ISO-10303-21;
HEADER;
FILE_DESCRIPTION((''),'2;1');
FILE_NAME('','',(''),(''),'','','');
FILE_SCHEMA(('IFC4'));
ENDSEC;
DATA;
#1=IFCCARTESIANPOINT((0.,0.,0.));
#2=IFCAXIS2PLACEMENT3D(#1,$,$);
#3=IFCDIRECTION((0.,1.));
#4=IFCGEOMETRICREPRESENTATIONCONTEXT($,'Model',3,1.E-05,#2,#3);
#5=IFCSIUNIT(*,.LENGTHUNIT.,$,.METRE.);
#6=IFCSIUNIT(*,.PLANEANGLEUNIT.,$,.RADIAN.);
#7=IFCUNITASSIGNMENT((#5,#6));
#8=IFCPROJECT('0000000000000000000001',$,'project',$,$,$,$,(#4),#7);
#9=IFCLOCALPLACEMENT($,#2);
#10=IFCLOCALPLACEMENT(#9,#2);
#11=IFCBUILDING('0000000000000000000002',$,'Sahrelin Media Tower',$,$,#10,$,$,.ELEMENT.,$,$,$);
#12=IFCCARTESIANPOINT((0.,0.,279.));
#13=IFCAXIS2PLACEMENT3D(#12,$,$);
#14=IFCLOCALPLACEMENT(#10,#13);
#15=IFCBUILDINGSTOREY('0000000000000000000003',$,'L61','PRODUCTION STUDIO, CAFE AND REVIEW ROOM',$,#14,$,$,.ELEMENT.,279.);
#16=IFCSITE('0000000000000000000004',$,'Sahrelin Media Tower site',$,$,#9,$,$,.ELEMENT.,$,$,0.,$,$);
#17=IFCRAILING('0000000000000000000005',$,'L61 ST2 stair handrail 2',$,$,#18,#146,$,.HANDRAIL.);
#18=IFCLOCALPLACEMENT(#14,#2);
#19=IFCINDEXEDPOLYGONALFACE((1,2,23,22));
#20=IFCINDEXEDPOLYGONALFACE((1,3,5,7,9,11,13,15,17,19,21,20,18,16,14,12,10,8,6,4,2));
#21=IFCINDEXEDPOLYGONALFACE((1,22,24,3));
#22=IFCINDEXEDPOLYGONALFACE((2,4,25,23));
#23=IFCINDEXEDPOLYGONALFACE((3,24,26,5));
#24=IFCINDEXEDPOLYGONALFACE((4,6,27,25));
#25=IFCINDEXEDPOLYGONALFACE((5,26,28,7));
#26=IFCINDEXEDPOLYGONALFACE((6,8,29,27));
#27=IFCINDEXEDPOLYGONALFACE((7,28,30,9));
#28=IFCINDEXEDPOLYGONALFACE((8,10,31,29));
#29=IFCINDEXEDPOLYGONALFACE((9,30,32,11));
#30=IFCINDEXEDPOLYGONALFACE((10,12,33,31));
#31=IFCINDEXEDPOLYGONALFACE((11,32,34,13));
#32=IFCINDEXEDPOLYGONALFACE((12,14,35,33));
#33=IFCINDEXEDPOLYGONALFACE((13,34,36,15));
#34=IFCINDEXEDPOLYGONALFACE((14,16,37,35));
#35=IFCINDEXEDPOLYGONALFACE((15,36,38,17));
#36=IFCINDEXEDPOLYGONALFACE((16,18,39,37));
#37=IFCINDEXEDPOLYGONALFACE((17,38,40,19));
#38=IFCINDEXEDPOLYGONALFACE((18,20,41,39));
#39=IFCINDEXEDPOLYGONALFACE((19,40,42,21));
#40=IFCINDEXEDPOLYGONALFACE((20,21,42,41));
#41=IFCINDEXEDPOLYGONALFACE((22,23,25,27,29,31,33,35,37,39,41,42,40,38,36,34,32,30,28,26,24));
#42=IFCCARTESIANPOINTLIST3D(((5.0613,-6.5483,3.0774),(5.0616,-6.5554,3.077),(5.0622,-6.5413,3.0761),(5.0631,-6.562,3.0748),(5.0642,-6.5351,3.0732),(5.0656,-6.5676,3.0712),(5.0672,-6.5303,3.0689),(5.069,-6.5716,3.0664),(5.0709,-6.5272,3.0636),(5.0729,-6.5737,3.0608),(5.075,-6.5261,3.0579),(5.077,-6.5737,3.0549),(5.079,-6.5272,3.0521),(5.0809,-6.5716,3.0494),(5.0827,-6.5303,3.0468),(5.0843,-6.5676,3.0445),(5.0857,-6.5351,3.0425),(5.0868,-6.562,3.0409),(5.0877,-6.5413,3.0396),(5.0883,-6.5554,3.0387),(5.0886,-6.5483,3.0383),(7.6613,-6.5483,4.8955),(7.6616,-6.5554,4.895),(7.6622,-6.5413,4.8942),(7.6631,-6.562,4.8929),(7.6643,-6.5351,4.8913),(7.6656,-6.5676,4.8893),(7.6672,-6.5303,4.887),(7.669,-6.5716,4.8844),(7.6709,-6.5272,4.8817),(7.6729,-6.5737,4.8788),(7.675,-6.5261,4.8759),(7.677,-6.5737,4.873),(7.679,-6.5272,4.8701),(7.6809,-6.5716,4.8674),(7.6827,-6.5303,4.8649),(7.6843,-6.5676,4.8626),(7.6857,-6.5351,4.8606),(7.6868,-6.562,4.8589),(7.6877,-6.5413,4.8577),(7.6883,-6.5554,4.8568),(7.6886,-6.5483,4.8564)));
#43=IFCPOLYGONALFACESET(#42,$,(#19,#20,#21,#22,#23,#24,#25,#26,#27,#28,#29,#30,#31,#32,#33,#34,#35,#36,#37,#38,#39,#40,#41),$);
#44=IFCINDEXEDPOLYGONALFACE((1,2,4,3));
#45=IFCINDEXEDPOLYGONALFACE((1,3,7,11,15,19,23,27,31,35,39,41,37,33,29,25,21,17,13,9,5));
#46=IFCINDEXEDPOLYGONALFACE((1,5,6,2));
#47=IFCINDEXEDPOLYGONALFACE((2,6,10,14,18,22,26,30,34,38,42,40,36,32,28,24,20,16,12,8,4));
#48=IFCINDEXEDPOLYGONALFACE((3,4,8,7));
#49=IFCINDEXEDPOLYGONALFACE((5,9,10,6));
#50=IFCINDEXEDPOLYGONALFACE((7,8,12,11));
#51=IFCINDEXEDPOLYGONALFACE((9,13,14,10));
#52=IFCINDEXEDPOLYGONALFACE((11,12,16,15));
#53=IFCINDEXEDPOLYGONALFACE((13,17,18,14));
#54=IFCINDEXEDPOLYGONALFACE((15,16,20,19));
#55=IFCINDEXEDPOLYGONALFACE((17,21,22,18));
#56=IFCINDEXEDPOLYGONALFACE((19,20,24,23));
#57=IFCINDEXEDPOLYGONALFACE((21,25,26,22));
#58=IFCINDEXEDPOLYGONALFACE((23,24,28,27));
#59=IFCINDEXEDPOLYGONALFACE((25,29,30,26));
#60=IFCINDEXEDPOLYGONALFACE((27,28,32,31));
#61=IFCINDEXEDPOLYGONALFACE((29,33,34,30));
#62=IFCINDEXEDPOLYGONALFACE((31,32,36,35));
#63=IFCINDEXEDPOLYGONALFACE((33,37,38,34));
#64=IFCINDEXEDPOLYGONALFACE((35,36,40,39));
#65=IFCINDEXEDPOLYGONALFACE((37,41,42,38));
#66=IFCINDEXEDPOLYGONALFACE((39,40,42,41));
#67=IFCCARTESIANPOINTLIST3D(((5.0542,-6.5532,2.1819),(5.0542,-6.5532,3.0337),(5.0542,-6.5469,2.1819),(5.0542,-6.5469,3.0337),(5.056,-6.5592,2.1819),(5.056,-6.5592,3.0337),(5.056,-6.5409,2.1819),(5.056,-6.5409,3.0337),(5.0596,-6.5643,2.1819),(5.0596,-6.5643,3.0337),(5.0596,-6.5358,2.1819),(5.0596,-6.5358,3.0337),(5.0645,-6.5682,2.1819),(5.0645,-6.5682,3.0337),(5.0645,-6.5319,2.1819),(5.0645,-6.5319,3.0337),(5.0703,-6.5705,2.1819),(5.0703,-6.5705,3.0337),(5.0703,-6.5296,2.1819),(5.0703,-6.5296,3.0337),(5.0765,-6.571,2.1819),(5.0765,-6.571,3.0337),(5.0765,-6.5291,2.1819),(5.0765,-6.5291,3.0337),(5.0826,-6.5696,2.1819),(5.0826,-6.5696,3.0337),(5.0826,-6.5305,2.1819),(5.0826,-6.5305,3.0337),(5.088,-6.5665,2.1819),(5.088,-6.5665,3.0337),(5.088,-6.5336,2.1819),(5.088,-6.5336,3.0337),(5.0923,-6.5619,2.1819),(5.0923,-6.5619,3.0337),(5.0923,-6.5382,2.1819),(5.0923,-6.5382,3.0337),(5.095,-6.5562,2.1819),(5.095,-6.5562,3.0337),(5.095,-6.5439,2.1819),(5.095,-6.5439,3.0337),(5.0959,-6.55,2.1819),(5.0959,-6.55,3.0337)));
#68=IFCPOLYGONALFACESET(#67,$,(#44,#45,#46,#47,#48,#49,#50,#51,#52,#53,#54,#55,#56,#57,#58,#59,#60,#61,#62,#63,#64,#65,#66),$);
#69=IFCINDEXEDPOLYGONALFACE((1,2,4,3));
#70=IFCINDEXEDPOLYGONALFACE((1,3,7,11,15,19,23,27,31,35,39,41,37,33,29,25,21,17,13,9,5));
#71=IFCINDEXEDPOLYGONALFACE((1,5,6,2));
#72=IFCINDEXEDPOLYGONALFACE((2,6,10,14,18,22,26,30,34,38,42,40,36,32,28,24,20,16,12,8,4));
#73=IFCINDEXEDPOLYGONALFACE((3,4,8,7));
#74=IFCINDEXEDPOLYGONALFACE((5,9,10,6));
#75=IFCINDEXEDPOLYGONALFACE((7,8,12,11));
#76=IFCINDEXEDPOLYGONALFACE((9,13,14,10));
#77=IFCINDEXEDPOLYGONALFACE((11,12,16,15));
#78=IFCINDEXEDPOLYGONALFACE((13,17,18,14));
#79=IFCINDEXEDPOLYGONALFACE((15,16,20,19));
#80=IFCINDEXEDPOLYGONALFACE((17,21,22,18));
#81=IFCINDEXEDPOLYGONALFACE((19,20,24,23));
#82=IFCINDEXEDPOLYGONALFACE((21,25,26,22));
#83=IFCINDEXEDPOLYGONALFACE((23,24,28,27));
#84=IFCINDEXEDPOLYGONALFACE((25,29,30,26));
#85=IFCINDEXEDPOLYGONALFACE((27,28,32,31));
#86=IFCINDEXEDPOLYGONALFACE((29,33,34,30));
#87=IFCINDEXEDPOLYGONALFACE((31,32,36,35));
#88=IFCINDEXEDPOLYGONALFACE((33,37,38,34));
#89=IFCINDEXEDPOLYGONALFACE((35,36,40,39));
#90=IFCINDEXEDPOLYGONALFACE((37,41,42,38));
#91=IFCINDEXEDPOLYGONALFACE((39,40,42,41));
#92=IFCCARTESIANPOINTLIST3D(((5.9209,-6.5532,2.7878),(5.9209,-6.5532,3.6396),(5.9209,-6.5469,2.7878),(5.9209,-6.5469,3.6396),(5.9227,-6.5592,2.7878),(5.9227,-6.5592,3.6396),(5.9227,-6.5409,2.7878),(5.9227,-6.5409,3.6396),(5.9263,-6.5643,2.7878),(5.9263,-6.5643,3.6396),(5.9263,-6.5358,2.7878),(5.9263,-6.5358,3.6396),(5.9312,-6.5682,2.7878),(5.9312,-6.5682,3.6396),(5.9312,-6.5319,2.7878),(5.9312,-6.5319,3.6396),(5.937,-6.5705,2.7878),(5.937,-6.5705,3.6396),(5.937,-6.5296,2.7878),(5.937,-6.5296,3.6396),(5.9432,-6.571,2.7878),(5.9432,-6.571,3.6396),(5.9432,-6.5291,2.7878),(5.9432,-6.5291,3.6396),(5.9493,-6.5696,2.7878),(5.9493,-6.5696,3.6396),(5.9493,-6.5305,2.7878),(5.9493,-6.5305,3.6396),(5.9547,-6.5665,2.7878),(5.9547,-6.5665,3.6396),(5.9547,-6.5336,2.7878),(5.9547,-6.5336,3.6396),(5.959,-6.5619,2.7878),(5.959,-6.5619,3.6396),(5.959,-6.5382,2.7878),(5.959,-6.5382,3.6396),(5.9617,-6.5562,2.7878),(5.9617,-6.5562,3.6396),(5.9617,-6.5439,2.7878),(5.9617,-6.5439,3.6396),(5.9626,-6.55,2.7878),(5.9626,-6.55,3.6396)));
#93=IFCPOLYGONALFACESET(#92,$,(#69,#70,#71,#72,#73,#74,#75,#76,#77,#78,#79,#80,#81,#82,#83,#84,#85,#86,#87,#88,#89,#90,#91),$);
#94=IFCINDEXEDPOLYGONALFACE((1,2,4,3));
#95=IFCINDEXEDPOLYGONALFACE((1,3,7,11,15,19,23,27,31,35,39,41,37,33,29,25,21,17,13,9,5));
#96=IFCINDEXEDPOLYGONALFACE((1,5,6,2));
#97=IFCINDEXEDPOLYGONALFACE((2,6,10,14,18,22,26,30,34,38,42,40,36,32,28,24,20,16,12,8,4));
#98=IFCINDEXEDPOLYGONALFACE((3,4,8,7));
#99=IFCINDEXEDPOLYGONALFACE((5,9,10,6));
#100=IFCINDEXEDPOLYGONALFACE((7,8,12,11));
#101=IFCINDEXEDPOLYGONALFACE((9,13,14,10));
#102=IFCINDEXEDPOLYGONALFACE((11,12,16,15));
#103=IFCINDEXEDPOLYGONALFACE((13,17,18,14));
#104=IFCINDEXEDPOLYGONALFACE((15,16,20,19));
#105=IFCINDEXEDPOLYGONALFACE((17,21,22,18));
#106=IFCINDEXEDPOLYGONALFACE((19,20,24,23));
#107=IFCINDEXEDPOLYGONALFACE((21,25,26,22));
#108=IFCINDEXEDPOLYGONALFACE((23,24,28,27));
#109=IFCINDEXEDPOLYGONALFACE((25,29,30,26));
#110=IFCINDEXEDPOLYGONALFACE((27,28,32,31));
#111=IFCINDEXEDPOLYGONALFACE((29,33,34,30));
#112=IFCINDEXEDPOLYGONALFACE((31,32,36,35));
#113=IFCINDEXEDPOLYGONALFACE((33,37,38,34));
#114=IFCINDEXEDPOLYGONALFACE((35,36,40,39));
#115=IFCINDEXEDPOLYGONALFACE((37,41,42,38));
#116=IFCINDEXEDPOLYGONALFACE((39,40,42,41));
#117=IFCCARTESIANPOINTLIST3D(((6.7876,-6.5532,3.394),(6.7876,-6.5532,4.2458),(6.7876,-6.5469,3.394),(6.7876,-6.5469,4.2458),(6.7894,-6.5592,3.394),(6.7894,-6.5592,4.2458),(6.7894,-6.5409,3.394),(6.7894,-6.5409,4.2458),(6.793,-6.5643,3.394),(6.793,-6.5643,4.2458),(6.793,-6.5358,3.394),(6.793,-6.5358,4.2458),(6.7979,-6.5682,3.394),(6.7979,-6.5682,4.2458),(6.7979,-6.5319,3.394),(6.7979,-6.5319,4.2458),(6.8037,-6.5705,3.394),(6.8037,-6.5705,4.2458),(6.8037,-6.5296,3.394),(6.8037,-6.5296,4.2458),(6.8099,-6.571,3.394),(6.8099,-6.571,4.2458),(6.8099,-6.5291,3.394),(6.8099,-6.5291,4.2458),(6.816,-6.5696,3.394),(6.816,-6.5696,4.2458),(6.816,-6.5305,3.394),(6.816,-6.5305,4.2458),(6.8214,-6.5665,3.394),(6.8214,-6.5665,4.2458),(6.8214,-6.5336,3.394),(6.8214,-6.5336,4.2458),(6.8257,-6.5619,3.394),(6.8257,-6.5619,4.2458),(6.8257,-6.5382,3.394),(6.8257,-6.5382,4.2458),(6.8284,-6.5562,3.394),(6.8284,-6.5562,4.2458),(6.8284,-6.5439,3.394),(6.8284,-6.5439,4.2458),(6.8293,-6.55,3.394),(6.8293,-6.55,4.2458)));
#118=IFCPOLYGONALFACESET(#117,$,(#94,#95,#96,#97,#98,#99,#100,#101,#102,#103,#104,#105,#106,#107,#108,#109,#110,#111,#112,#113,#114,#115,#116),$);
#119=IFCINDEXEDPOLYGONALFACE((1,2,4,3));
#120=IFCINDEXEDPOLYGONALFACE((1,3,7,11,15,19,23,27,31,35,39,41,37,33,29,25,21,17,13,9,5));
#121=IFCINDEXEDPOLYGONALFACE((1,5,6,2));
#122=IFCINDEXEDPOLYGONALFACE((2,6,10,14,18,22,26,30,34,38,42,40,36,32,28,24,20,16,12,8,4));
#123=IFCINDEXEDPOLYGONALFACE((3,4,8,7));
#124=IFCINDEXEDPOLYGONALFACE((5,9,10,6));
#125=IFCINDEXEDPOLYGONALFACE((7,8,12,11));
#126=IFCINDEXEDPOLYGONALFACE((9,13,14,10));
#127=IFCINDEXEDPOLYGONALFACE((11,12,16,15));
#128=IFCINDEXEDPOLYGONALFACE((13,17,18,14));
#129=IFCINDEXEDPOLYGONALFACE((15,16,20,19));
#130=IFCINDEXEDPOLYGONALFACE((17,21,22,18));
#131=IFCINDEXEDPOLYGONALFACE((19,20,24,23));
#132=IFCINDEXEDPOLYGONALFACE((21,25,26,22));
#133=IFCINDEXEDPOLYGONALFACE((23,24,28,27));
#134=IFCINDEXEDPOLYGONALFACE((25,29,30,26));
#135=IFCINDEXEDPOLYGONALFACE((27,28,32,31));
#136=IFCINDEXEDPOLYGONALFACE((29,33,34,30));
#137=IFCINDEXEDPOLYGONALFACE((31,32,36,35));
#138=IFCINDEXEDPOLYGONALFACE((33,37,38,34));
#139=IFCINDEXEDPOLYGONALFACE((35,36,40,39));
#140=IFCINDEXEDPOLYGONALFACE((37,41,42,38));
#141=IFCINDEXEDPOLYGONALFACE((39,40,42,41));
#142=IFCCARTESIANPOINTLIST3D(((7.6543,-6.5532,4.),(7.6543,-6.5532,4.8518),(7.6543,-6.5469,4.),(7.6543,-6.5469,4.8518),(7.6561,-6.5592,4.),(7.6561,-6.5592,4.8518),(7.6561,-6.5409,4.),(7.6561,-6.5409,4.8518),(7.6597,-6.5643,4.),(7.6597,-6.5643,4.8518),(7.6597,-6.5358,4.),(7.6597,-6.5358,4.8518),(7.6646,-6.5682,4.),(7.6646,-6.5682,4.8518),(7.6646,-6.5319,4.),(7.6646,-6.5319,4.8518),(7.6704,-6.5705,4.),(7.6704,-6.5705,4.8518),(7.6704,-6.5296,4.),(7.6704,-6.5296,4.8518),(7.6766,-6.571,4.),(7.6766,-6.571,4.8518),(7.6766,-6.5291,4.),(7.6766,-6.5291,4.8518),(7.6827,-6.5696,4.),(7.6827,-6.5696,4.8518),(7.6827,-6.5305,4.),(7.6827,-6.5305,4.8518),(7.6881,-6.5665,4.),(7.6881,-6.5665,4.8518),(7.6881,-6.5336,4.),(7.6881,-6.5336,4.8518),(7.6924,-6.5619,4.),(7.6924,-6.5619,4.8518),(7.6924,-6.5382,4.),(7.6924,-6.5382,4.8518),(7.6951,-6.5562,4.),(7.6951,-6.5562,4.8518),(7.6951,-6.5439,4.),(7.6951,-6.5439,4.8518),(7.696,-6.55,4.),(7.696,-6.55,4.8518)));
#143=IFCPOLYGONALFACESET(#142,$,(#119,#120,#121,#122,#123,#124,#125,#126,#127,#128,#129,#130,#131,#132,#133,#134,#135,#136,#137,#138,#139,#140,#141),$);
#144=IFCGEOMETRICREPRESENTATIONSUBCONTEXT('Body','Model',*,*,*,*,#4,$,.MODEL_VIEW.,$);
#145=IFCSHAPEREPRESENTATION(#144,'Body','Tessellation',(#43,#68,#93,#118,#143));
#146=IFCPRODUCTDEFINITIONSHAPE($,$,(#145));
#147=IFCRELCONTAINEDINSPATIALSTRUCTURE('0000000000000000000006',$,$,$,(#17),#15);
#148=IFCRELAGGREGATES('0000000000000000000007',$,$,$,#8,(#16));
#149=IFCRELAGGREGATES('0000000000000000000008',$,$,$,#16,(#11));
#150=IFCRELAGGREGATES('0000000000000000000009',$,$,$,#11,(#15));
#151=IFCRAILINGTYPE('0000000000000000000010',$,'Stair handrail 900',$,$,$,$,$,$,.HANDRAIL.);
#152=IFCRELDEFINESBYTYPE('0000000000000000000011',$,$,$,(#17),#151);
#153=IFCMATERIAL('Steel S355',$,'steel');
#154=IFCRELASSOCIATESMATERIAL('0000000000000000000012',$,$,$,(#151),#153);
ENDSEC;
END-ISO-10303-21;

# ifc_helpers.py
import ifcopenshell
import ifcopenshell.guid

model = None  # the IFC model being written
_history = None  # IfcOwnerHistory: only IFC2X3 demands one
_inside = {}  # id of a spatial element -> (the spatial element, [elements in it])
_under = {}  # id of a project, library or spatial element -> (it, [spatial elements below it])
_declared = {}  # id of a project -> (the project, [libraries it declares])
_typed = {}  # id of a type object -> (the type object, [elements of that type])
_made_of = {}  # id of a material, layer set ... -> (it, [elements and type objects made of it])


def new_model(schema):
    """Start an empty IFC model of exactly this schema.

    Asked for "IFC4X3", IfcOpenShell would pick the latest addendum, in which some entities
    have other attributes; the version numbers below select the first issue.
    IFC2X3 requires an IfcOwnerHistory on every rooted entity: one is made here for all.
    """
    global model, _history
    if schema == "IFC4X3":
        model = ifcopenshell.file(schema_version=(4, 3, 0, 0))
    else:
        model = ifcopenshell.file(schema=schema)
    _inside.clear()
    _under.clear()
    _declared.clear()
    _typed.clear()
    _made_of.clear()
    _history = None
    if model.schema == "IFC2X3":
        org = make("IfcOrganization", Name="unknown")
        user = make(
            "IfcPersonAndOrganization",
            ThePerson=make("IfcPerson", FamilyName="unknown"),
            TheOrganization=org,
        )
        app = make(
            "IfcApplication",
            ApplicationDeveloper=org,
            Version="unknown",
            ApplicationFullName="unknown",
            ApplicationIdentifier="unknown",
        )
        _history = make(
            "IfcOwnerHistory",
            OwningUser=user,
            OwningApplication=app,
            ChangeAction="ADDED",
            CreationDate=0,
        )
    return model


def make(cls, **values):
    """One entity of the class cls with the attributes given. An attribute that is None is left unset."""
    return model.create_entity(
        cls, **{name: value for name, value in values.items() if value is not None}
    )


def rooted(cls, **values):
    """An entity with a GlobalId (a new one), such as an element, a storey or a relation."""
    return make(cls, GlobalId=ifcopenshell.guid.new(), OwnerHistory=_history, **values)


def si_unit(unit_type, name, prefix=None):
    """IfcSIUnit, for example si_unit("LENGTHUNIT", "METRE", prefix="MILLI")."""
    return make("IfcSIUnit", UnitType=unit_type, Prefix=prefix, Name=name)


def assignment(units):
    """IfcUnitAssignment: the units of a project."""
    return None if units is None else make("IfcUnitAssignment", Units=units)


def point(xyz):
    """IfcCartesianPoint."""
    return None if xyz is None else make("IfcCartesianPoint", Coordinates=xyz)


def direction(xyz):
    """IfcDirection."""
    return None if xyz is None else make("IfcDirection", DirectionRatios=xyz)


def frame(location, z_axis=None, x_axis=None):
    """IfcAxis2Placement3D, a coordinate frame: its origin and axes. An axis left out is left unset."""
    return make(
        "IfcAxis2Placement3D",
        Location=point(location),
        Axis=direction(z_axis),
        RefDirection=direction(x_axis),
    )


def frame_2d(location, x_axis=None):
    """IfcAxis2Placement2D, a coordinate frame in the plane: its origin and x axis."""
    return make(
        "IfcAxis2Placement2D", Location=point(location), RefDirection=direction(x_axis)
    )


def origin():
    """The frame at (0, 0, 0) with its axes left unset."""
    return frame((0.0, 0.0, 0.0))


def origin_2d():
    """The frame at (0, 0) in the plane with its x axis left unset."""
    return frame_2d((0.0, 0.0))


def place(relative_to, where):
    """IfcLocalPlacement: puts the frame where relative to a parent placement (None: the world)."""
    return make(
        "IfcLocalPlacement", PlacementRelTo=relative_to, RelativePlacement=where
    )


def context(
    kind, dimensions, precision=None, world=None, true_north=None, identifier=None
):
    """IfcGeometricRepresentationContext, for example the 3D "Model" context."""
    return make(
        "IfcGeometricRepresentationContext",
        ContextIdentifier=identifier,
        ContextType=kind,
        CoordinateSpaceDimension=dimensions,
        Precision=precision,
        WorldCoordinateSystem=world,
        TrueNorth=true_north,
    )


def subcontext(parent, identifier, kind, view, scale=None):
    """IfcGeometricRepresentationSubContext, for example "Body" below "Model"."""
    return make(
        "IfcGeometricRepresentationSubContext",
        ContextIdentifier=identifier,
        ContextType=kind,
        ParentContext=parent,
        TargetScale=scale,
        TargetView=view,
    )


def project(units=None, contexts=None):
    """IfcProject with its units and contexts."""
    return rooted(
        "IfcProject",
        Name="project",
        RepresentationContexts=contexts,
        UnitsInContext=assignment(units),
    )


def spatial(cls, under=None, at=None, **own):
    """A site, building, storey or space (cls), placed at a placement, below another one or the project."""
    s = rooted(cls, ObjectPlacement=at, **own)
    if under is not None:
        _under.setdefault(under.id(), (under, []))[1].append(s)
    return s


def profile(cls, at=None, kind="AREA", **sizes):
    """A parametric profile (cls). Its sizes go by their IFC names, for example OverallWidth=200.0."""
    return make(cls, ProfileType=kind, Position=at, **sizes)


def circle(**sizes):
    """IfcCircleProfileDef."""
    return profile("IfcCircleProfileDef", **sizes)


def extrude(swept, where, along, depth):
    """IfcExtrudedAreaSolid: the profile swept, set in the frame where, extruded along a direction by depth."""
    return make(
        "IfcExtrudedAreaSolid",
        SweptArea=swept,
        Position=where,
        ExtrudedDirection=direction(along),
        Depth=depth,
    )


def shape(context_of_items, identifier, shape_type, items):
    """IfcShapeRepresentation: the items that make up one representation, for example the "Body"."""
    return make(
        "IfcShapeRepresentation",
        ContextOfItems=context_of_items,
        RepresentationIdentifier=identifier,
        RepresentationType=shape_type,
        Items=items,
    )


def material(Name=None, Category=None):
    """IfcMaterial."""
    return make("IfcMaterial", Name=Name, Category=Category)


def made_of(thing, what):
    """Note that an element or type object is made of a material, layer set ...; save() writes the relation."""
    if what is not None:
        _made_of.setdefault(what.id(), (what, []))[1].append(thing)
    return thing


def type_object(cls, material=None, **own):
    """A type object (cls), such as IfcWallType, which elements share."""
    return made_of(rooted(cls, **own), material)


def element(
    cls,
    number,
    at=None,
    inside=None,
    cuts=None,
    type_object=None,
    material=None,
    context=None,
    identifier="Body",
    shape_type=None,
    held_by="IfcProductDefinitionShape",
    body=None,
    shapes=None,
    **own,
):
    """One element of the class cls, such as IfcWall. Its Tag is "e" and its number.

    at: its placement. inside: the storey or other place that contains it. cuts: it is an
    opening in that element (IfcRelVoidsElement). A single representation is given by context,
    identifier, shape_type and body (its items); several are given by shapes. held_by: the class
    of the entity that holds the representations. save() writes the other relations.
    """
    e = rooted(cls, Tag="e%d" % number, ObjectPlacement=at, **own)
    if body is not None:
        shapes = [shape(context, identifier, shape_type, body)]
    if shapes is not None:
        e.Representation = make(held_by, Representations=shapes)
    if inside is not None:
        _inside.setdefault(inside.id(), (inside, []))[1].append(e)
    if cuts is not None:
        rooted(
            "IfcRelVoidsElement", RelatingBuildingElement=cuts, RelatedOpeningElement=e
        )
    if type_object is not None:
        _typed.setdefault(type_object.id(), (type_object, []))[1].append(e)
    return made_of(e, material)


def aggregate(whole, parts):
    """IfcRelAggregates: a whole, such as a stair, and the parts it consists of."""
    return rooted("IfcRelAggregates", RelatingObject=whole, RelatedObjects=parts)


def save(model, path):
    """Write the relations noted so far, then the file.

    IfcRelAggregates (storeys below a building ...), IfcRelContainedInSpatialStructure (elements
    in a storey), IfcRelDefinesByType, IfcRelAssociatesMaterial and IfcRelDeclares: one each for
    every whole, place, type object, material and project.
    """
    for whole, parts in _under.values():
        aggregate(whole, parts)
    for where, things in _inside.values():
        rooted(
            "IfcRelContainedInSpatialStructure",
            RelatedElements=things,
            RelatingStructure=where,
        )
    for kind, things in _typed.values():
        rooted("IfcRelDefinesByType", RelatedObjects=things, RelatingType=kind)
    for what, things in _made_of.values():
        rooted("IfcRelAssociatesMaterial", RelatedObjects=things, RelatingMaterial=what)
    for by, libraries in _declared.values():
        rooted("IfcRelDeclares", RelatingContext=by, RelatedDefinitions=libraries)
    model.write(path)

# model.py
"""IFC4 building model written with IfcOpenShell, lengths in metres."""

from ifc_helpers import new_model, si_unit, direction, frame, origin, origin_2d, place, context, subcontext, project, spatial, circle, extrude, material, type_object, element, save


model = new_model("IFC4")

# Units and contexts
model_context = context("Model", 3, precision=1e-05, world=origin(), true_north=direction((0.0, 1.0)))
body_context = subcontext(model_context, "Body", "Model", "MODEL_VIEW")
ifc_project = project(units=[si_unit("LENGTHUNIT", "METRE"), si_unit("PLANEANGLEUNIT", "RADIAN")], contexts=[model_context])

# Site, building, storey
site_placement = place(None, origin())
site = spatial("IfcSite", under=ifc_project, at=site_placement, Name="Sahrelin Media Tower site", CompositionType="ELEMENT", RefElevation=0.0)
building_placement = place(site_placement, origin())
building = spatial("IfcBuilding", under=site, at=building_placement, Name="Sahrelin Media Tower", CompositionType="ELEMENT")
storey_placement = place(building_placement, frame((0.0, 0.0, 279.0)))
storey = spatial("IfcBuildingStorey", under=building, at=storey_placement, Name="L61", Description="PRODUCTION STUDIO, CAFE AND REVIEW ROOM", CompositionType="ELEMENT", Elevation=279.0)

# Shared definitions
ifc_material_1 = material(Name="Steel S355", Category="steel")

# Railing
railing_type_1 = type_object("IfcRailingType", Name="Stair handrail 900", PredefinedType="HANDRAIL", material=ifc_material_1)
railing_1_placement = place(storey_placement, frame((5.075, -6.55, 2.1819)))
element("IfcRailing", 1, at=railing_1_placement, inside=storey, type_object=railing_type_1, Name="L61 ST2 stair handrail 2", PredefinedType="HANDRAIL", context=body_context, shape_type="SweptSolid", body=[
    extrude(circle(Radius=0.0239, at=origin_2d()), frame((0.0, 0.0, 0.876), z_axis=(0.819521, 0.0, 0.573049), x_axis=(0.0, 1.0, 0.0)), (0.0, 0.0, 1.0), 3.1726),
    extrude(circle(Radius=0.021, at=origin_2d()), origin(), (0.0, 0.0, 1.0), 0.8518),
    extrude(circle(Radius=0.021, at=origin_2d()), frame((0.8667, 0.0, 0.606)), (0.0, 0.0, 1.0), 0.8518),
    extrude(circle(Radius=0.021, at=origin_2d()), frame((1.7334, 0.0, 1.2122)), (0.0, 0.0, 1.0), 0.8518),
    extrude(circle(Radius=0.021, at=origin_2d()), frame((2.6001, 0.0, 1.8181)), (0.0, 0.0, 1.0), 0.8518),
])

save(model, "model.ifc")
